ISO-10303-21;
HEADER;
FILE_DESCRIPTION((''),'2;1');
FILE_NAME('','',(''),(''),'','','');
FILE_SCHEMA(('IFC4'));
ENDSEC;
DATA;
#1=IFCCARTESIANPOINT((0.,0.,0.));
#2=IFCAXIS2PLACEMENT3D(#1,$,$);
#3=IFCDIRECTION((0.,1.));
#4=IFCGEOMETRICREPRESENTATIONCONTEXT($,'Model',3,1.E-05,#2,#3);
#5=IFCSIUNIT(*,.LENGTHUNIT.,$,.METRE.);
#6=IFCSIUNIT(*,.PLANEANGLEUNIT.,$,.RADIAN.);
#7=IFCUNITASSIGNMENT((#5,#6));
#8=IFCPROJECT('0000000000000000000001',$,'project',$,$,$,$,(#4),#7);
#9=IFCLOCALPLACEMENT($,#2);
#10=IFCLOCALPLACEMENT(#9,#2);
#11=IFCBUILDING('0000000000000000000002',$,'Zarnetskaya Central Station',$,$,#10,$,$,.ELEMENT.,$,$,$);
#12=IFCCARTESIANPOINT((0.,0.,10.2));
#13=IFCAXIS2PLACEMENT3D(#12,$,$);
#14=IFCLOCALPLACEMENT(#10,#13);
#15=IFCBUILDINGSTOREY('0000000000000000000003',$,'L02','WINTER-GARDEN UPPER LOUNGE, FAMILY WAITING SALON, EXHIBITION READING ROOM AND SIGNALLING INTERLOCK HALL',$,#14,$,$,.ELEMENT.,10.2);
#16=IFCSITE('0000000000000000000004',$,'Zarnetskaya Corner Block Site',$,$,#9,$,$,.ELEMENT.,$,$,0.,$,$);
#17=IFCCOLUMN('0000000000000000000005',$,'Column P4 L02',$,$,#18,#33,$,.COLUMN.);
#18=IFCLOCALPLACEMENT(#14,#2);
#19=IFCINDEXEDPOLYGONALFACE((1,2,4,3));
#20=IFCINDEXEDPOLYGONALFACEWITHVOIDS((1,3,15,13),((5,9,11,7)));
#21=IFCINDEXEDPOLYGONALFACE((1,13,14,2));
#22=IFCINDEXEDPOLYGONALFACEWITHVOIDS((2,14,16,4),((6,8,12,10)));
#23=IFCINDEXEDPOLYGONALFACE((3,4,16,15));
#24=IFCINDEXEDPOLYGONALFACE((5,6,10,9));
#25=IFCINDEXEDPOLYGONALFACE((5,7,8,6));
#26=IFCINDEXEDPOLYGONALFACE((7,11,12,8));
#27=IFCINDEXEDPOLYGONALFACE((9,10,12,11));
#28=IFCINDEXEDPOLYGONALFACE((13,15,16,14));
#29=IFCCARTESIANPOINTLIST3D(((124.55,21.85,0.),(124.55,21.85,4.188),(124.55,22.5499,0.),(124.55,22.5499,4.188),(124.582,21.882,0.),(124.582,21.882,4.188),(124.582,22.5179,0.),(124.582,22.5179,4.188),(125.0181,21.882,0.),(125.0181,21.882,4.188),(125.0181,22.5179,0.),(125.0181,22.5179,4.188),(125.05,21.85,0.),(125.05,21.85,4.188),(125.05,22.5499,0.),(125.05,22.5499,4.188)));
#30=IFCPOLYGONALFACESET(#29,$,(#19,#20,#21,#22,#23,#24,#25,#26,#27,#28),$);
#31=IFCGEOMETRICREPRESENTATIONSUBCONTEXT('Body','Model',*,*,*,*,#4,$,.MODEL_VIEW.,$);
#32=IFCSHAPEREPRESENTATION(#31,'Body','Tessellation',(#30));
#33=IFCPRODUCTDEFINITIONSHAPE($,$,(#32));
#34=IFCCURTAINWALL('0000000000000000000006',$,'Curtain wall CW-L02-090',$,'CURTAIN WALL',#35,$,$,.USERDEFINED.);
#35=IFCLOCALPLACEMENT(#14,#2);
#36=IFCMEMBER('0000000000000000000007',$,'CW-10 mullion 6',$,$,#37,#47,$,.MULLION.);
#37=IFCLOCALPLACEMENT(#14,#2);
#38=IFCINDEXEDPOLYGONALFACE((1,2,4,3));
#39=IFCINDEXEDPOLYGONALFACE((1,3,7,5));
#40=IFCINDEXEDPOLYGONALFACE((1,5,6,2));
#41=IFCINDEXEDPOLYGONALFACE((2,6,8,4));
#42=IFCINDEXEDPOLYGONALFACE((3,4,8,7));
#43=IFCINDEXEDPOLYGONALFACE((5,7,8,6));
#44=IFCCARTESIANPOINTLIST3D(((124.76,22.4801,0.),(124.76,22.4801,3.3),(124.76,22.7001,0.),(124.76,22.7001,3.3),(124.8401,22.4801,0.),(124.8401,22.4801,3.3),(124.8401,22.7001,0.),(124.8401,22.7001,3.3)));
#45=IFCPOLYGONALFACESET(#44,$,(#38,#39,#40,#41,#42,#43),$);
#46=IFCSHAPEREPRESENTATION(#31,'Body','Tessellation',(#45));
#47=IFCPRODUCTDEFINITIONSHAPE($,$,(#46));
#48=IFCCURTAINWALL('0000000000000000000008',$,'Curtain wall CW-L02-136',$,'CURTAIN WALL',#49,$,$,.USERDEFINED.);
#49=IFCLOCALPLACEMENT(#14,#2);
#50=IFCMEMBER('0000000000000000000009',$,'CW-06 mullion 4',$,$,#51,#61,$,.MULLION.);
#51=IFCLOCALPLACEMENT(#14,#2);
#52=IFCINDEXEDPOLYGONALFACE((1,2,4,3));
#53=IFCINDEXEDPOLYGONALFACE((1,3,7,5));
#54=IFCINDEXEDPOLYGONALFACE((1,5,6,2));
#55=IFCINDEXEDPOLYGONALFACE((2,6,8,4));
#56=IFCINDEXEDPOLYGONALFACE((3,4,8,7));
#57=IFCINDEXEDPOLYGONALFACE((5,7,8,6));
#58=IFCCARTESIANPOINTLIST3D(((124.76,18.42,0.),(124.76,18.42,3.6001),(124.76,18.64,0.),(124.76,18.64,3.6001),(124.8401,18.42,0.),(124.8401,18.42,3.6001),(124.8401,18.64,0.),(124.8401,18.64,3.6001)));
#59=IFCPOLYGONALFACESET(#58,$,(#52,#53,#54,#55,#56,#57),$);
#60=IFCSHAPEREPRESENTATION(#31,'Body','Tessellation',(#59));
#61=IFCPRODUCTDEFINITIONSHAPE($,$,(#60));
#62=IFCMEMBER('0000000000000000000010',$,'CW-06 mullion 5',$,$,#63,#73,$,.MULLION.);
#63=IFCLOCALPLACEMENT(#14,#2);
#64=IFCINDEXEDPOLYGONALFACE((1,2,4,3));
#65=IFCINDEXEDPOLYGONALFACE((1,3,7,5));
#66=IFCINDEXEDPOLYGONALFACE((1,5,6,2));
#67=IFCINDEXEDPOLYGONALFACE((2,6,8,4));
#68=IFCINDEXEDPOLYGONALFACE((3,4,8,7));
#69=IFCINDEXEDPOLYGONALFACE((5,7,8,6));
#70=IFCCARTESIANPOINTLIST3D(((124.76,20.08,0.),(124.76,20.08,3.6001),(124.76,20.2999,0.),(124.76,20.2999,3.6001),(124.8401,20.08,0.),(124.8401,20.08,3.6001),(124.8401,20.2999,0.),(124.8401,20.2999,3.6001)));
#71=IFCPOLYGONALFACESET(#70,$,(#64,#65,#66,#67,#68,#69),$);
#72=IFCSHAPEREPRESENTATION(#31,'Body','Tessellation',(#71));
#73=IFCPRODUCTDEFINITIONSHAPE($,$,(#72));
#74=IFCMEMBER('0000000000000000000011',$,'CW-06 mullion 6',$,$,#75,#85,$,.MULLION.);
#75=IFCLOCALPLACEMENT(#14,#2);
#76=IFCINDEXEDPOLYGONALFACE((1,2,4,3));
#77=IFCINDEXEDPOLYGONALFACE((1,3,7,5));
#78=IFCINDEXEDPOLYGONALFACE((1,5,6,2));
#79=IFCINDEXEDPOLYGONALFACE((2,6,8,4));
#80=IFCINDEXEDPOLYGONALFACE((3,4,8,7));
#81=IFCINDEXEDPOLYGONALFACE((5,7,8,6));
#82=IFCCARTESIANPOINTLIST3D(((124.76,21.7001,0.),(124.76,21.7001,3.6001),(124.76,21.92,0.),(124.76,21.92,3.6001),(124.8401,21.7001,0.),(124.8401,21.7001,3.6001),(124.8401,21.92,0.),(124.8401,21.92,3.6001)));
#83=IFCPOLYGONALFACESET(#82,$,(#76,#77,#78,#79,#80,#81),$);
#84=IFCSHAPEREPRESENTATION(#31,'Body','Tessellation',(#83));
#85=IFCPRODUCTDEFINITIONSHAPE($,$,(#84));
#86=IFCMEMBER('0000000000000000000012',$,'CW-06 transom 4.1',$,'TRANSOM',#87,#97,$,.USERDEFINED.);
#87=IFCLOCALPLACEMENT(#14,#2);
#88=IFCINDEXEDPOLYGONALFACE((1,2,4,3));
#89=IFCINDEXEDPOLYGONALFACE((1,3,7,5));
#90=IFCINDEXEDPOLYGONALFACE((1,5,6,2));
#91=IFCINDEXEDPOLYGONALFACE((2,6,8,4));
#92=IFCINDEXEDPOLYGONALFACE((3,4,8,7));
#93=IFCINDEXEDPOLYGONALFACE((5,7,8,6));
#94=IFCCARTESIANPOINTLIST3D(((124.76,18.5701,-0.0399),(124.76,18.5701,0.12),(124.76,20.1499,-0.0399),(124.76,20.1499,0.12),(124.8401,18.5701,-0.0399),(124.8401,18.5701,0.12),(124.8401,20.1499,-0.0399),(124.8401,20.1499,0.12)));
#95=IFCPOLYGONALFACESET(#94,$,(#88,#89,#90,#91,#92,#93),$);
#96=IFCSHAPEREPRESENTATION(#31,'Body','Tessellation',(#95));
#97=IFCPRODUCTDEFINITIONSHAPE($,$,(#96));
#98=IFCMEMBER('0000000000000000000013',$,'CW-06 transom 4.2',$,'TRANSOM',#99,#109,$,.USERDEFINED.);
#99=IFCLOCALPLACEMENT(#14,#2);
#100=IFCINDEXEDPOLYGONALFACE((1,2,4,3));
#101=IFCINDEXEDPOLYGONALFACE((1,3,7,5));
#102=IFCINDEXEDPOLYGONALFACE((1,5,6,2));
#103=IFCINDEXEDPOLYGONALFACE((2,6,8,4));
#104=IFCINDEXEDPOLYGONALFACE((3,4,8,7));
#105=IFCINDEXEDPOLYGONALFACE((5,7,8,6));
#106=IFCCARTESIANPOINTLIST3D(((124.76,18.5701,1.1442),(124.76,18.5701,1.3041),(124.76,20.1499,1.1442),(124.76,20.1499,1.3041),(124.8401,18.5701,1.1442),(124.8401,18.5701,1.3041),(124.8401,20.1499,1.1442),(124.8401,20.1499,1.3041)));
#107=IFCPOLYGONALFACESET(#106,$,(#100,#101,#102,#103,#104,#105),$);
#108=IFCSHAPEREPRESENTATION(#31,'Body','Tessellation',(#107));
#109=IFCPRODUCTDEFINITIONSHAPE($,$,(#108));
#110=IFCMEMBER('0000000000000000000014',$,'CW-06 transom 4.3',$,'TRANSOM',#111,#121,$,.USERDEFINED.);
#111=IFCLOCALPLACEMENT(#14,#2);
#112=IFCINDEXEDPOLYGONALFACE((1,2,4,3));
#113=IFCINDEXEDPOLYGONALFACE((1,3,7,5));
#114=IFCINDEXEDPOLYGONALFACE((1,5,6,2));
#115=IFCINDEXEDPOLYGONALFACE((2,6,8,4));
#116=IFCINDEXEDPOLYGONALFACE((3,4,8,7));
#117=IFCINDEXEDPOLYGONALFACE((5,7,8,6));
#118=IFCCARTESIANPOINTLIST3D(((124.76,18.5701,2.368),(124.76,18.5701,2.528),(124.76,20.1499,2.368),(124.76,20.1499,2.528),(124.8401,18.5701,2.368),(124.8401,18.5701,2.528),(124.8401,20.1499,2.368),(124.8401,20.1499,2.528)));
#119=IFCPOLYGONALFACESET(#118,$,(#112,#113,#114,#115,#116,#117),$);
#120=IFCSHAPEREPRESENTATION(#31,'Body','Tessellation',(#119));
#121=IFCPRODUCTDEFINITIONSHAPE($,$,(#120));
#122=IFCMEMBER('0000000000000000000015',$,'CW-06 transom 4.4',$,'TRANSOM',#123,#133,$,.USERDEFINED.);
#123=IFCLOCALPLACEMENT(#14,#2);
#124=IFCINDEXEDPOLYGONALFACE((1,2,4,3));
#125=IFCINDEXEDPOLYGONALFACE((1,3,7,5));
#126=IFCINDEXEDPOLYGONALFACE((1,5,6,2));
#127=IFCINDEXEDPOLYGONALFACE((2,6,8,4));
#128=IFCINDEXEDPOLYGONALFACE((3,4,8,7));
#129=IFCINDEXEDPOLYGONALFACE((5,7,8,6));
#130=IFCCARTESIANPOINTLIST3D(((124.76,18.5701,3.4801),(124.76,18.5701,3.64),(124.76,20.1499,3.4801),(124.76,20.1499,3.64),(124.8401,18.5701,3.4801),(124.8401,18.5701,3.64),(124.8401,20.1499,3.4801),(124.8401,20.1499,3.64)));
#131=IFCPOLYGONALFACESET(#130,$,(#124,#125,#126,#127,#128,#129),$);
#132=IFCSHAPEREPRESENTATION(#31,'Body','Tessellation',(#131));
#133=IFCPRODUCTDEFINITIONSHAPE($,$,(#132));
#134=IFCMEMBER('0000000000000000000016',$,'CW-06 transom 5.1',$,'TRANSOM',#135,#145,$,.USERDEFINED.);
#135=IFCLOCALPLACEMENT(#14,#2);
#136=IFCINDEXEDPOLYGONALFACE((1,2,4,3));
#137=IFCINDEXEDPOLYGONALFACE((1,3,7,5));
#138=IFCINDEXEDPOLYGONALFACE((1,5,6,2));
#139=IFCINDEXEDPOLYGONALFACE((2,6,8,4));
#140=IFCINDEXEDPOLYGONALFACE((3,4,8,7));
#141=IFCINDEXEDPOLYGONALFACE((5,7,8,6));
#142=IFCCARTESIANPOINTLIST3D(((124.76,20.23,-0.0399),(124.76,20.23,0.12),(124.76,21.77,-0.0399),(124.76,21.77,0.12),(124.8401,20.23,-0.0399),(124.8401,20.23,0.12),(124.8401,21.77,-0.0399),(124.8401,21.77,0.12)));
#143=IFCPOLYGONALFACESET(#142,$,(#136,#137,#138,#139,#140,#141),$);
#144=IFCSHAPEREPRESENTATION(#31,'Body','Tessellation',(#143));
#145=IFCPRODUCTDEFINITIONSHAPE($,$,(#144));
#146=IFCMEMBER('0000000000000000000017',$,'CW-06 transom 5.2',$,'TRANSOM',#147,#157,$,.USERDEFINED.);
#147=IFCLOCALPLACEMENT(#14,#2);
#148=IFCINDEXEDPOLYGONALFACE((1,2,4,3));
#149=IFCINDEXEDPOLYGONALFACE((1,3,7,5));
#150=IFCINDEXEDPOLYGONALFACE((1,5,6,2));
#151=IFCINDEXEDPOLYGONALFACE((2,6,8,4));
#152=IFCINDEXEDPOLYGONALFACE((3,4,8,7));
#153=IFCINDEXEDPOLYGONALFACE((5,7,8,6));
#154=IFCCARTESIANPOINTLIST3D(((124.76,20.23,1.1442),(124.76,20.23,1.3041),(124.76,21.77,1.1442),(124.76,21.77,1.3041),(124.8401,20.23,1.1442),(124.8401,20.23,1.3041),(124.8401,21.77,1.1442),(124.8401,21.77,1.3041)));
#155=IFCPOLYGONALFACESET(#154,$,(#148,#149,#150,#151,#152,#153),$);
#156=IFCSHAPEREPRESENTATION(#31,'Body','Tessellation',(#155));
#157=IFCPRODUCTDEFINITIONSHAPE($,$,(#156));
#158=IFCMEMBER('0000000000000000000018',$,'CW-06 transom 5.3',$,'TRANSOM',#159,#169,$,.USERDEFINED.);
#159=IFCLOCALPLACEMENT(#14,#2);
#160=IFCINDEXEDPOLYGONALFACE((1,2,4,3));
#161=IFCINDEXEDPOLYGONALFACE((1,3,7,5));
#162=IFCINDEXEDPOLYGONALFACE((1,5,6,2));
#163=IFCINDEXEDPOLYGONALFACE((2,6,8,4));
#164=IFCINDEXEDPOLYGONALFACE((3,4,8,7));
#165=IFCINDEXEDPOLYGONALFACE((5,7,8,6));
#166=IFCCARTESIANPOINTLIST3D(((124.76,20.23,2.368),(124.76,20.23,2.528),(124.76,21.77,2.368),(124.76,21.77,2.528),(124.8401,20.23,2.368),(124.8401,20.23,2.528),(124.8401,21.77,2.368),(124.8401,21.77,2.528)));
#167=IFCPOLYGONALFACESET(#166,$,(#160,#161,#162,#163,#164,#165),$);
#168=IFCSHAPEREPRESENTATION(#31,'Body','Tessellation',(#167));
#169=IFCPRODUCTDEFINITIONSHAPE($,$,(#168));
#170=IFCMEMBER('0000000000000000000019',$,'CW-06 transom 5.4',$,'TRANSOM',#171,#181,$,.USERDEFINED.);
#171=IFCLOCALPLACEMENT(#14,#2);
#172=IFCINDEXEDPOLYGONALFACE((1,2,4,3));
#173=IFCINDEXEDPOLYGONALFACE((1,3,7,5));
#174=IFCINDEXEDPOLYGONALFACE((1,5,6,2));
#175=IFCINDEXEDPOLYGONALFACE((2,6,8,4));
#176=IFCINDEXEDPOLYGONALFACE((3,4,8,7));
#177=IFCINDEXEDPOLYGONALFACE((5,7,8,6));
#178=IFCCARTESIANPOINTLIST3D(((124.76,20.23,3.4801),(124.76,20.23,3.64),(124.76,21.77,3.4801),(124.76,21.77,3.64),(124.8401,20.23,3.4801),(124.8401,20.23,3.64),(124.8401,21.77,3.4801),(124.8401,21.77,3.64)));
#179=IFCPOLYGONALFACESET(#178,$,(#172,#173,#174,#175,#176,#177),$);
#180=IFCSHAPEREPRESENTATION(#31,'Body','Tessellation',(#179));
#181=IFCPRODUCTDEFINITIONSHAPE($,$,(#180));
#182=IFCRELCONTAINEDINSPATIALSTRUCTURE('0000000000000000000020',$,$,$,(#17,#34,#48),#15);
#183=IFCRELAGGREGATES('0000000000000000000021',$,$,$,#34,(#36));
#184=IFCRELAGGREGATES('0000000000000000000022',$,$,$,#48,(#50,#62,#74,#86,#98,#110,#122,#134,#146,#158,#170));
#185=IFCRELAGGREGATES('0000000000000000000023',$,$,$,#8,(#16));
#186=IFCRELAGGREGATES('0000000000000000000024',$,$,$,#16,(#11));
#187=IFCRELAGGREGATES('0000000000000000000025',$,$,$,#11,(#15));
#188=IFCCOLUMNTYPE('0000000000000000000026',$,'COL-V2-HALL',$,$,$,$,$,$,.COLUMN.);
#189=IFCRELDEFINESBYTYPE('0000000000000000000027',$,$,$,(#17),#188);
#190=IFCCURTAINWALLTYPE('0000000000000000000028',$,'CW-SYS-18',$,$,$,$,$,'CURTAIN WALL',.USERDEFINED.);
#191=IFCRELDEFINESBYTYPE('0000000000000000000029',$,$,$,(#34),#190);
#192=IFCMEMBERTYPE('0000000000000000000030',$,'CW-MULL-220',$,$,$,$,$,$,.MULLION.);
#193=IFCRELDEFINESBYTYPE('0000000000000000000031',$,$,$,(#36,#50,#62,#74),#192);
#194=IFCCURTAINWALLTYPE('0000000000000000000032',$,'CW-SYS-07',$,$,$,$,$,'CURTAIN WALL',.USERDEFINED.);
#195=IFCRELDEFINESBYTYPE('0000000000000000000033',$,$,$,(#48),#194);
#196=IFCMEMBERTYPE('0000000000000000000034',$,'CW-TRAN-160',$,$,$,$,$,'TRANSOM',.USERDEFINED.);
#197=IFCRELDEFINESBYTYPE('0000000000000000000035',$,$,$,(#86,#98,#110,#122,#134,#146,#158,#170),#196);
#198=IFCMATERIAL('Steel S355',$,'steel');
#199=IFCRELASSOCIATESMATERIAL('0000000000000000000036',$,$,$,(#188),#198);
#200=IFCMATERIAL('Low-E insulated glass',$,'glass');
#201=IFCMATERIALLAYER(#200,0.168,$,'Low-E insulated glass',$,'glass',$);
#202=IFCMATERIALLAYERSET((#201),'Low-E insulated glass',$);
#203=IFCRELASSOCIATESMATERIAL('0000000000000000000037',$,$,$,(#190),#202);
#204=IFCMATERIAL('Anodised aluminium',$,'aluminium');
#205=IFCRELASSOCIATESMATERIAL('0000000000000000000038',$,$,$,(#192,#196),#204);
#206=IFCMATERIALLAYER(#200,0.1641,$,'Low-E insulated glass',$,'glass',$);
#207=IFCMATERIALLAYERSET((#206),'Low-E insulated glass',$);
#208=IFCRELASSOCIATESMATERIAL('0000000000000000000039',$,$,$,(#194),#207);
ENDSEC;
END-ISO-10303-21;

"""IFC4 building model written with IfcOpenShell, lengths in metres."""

from ifc_helpers import new_model, si_unit, direction, frame, origin, origin_2d, place, context, subcontext, project, spatial, rectangle, hollow_rectangle, extrude, material, layer, layer_set, material_profile, profile_set, type_object, element, aggregate, save


model = new_model("IFC4")

# Units and contexts
model_context = context("Model", 3, precision=1e-05, world=origin(), true_north=direction((0.0, 1.0)))
body_context = subcontext(model_context, "Body", "Model", "MODEL_VIEW")
ifc_project = project(units=[si_unit("LENGTHUNIT", "METRE"), si_unit("PLANEANGLEUNIT", "RADIAN")], contexts=[model_context])

# Site, building, storey
site_placement = place(None, origin())
site = spatial("IfcSite", under=ifc_project, at=site_placement, Name="Zarnetskaya Corner Block Site", CompositionType="ELEMENT", RefElevation=0.0)
building_placement = place(site_placement, origin())
building = spatial("IfcBuilding", under=site, at=building_placement, Name="Zarnetskaya Central Station", CompositionType="ELEMENT")
storey_placement = place(building_placement, frame((0.0, 0.0, 10.2)))
storey = spatial("IfcBuildingStorey", under=building, at=storey_placement, Name="L02", Description="WINTER-GARDEN UPPER LOUNGE, FAMILY WAITING SALON, EXHIBITION READING ROOM AND SIGNALLING INTERLOCK HALL", CompositionType="ELEMENT", Elevation=10.2)

# Column
ifc_material_1 = material(Name="Steel S355", Category="steel")
ifc_material_profile_1 = material_profile(ifc_material_1, hollow_rectangle(XDim=0.5, YDim=0.7, WallThickness=0.032, at=origin_2d()), Name="BOX 700x500x32")
ifc_profile_set_1 = profile_set([ifc_material_profile_1], Name="Steel S355")
column_type = type_object("IfcColumnType", Name="COL-V2-HALL", PredefinedType="COLUMN", material=ifc_profile_set_1)
column_placement = place(storey_placement, frame((124.8, 22.2, 0.0), z_axis=(0.0, 0.0, 1.0), x_axis=(1.0, 0.0, 0.0)))
element("IfcColumn", 1, at=column_placement, inside=storey, type_object=column_type, Name="Column P4 L02", PredefinedType="COLUMN", context=body_context, shape_type="SweptSolid", body=[
    extrude(hollow_rectangle(XDim=0.5, YDim=0.7, WallThickness=0.032, at=origin_2d()), origin(), (0.0, 0.0, 1.0), 4.188),
])

# Curtain wall, member
ifc_material_2 = material(Name="Low-E insulated glass", Category="glass")
ifc_layer_1 = layer(ifc_material_2, 0.168, Name="Low-E insulated glass", Category="glass")
ifc_layer_set_1 = layer_set([ifc_layer_1], Name="Low-E insulated glass")
curtain_wall_type_1 = type_object("IfcCurtainWallType", Name="CW-SYS-18", ElementType="CURTAIN WALL", PredefinedType="USERDEFINED", material=ifc_layer_set_1)
curtain_wall_1_placement = place(storey_placement, origin())
curtain_wall_1 = element("IfcCurtainWall", 2, at=curtain_wall_1_placement, inside=storey, type_object=curtain_wall_type_1, Name="Curtain wall CW-L02-090", ObjectType="CURTAIN WALL", PredefinedType="USERDEFINED")
ifc_material_3 = material(Name="Anodised aluminium", Category="aluminium")
ifc_material_profile_2 = material_profile(ifc_material_3, rectangle(XDim=0.0801, YDim=0.22, at=origin_2d()), Name="ALU MULL 80x220")
ifc_profile_set_2 = profile_set([ifc_material_profile_2], Name="Anodised aluminium")
member_type_1 = type_object("IfcMemberType", Name="CW-MULL-220", PredefinedType="MULLION", material=ifc_profile_set_2)
member_1_placement = place(storey_placement, frame((124.8, 22.5901, 0.0), z_axis=(0.0, 0.0, 1.0), x_axis=(1.0, 0.0, 0.0)))
member_1 = element("IfcMember", 3, at=member_1_placement, type_object=member_type_1, Name="CW-10 mullion 6", PredefinedType="MULLION", context=body_context, shape_type="SweptSolid", body=[
    extrude(rectangle(XDim=0.0801, YDim=0.22, at=origin_2d()), origin(), (0.0, 0.0, 1.0), 3.3),
])

# Curtain wall, members
ifc_layer_2 = layer(ifc_material_2, 0.1641, Name="Low-E insulated glass", Category="glass")
ifc_layer_set_2 = layer_set([ifc_layer_2], Name="Low-E insulated glass")
curtain_wall_type_2 = type_object("IfcCurtainWallType", Name="CW-SYS-07", ElementType="CURTAIN WALL", PredefinedType="USERDEFINED", material=ifc_layer_set_2)
curtain_wall_2_placement = place(storey_placement, origin())
curtain_wall_2 = element("IfcCurtainWall", 4, at=curtain_wall_2_placement, inside=storey, type_object=curtain_wall_type_2, Name="Curtain wall CW-L02-136", ObjectType="CURTAIN WALL", PredefinedType="USERDEFINED")
member_2_placement = place(storey_placement, frame((124.8, 18.53, 0.0), z_axis=(0.0, 0.0, 1.0), x_axis=(-1.0, 0.0, 0.0)))
member_2 = element("IfcMember", 5, at=member_2_placement, type_object=member_type_1, Name="CW-06 mullion 4", PredefinedType="MULLION", context=body_context, shape_type="SweptSolid", body=[
    extrude(rectangle(XDim=0.0801, YDim=0.22, at=origin_2d()), origin(), (0.0, 0.0, 1.0), 3.6001),
])
member_3_placement = place(storey_placement, frame((124.8, 20.1899, 0.0), z_axis=(0.0, 0.0, 1.0), x_axis=(-1.0, 0.0, 0.0)))
member_3 = element("IfcMember", 6, at=member_3_placement, type_object=member_type_1, Name="CW-06 mullion 5", PredefinedType="MULLION", context=body_context, shape_type="SweptSolid", body=[
    extrude(rectangle(XDim=0.0801, YDim=0.22, at=origin_2d()), origin(), (0.0, 0.0, 1.0), 3.6001),
])
member_4_placement = place(storey_placement, frame((124.8, 21.8101, 0.0), z_axis=(0.0, 0.0, 1.0), x_axis=(-1.0, 0.0, 0.0)))
member_4 = element("IfcMember", 7, at=member_4_placement, type_object=member_type_1, Name="CW-06 mullion 6", PredefinedType="MULLION", context=body_context, shape_type="SweptSolid", body=[
    extrude(rectangle(XDim=0.0801, YDim=0.22, at=origin_2d()), origin(), (0.0, 0.0, 1.0), 3.6001),
])
ifc_material_profile_3 = material_profile(ifc_material_3, rectangle(XDim=0.0801, YDim=0.1599, at=origin_2d()), Name="ALU TRAN 80x160")
ifc_profile_set_3 = profile_set([ifc_material_profile_3], Name="Anodised aluminium")
member_type_2 = type_object("IfcMemberType", Name="CW-TRAN-160", ElementType="TRANSOM", PredefinedType="USERDEFINED", material=ifc_profile_set_3)
member_5_placement = place(storey_placement, frame((124.8, 18.5701, 0.04), z_axis=(0.0, 1.0, 0.0), x_axis=(-1.0, 0.0, 0.0)))
member_5 = element("IfcMember", 8, at=member_5_placement, type_object=member_type_2, Name="CW-06 transom 4.1", ObjectType="TRANSOM", PredefinedType="USERDEFINED", context=body_context, shape_type="SweptSolid", body=[
    extrude(rectangle(XDim=0.0801, YDim=0.1599, at=origin_2d()), origin(), (0.0, 0.0, 1.0), 1.5798),
])
member_6_placement = place(storey_placement, frame((124.8, 18.5701, 1.2241), z_axis=(0.0, 1.0, 0.0), x_axis=(-1.0, 0.0, 0.0)))
member_6 = element("IfcMember", 9, at=member_6_placement, type_object=member_type_2, Name="CW-06 transom 4.2", ObjectType="TRANSOM", PredefinedType="USERDEFINED", context=body_context, shape_type="SweptSolid", body=[
    extrude(rectangle(XDim=0.0801, YDim=0.1599, at=origin_2d()), origin(), (0.0, 0.0, 1.0), 1.5798),
])
member_7_placement = place(storey_placement, frame((124.8, 18.5701, 2.448), z_axis=(0.0, 1.0, 0.0), x_axis=(-1.0, 0.0, 0.0)))
member_7 = element("IfcMember", 10, at=member_7_placement, type_object=member_type_2, Name="CW-06 transom 4.3", ObjectType="TRANSOM", PredefinedType="USERDEFINED", context=body_context, shape_type="SweptSolid", body=[
    extrude(rectangle(XDim=0.0801, YDim=0.1599, at=origin_2d()), origin(), (0.0, 0.0, 1.0), 1.5798),
])
member_8_placement = place(storey_placement, frame((124.8, 18.5701, 3.5601), z_axis=(0.0, 1.0, 0.0), x_axis=(-1.0, 0.0, 0.0)))
member_8 = element("IfcMember", 11, at=member_8_placement, type_object=member_type_2, Name="CW-06 transom 4.4", ObjectType="TRANSOM", PredefinedType="USERDEFINED", context=body_context, shape_type="SweptSolid", body=[
    extrude(rectangle(XDim=0.0801, YDim=0.1599, at=origin_2d()), origin(), (0.0, 0.0, 1.0), 1.5798),
])
member_9_placement = place(storey_placement, frame((124.8, 20.23, 0.04), z_axis=(0.0, 1.0, 0.0), x_axis=(-1.0, 0.0, 0.0)))
member_9 = element("IfcMember", 12, at=member_9_placement, type_object=member_type_2, Name="CW-06 transom 5.1", ObjectType="TRANSOM", PredefinedType="USERDEFINED", context=body_context, shape_type="SweptSolid", body=[
    extrude(rectangle(XDim=0.0801, YDim=0.1599, at=origin_2d()), origin(), (0.0, 0.0, 1.0), 1.54),
])
member_10_placement = place(storey_placement, frame((124.8, 20.23, 1.2241), z_axis=(0.0, 1.0, 0.0), x_axis=(-1.0, 0.0, 0.0)))
member_10 = element("IfcMember", 13, at=member_10_placement, type_object=member_type_2, Name="CW-06 transom 5.2", ObjectType="TRANSOM", PredefinedType="USERDEFINED", context=body_context, shape_type="SweptSolid", body=[
    extrude(rectangle(XDim=0.0801, YDim=0.1599, at=origin_2d()), origin(), (0.0, 0.0, 1.0), 1.54),
])
member_11_placement = place(storey_placement, frame((124.8, 20.23, 2.448), z_axis=(0.0, 1.0, 0.0), x_axis=(-1.0, 0.0, 0.0)))
member_11 = element("IfcMember", 14, at=member_11_placement, type_object=member_type_2, Name="CW-06 transom 5.3", ObjectType="TRANSOM", PredefinedType="USERDEFINED", context=body_context, shape_type="SweptSolid", body=[
    extrude(rectangle(XDim=0.0801, YDim=0.1599, at=origin_2d()), origin(), (0.0, 0.0, 1.0), 1.54),
])
member_12_placement = place(storey_placement, frame((124.8, 20.23, 3.5601), z_axis=(0.0, 1.0, 0.0), x_axis=(-1.0, 0.0, 0.0)))
member_12 = element("IfcMember", 15, at=member_12_placement, type_object=member_type_2, Name="CW-06 transom 5.4", ObjectType="TRANSOM", PredefinedType="USERDEFINED", context=body_context, shape_type="SweptSolid", body=[
    extrude(rectangle(XDim=0.0801, YDim=0.1599, at=origin_2d()), origin(), (0.0, 0.0, 1.0), 1.54),
])

aggregate(curtain_wall_1, [member_1])
aggregate(curtain_wall_2, [member_2, member_3, member_4, member_5, member_6, member_7, member_8, member_9, member_10, member_11, member_12])

save(model, "model.ifc")
